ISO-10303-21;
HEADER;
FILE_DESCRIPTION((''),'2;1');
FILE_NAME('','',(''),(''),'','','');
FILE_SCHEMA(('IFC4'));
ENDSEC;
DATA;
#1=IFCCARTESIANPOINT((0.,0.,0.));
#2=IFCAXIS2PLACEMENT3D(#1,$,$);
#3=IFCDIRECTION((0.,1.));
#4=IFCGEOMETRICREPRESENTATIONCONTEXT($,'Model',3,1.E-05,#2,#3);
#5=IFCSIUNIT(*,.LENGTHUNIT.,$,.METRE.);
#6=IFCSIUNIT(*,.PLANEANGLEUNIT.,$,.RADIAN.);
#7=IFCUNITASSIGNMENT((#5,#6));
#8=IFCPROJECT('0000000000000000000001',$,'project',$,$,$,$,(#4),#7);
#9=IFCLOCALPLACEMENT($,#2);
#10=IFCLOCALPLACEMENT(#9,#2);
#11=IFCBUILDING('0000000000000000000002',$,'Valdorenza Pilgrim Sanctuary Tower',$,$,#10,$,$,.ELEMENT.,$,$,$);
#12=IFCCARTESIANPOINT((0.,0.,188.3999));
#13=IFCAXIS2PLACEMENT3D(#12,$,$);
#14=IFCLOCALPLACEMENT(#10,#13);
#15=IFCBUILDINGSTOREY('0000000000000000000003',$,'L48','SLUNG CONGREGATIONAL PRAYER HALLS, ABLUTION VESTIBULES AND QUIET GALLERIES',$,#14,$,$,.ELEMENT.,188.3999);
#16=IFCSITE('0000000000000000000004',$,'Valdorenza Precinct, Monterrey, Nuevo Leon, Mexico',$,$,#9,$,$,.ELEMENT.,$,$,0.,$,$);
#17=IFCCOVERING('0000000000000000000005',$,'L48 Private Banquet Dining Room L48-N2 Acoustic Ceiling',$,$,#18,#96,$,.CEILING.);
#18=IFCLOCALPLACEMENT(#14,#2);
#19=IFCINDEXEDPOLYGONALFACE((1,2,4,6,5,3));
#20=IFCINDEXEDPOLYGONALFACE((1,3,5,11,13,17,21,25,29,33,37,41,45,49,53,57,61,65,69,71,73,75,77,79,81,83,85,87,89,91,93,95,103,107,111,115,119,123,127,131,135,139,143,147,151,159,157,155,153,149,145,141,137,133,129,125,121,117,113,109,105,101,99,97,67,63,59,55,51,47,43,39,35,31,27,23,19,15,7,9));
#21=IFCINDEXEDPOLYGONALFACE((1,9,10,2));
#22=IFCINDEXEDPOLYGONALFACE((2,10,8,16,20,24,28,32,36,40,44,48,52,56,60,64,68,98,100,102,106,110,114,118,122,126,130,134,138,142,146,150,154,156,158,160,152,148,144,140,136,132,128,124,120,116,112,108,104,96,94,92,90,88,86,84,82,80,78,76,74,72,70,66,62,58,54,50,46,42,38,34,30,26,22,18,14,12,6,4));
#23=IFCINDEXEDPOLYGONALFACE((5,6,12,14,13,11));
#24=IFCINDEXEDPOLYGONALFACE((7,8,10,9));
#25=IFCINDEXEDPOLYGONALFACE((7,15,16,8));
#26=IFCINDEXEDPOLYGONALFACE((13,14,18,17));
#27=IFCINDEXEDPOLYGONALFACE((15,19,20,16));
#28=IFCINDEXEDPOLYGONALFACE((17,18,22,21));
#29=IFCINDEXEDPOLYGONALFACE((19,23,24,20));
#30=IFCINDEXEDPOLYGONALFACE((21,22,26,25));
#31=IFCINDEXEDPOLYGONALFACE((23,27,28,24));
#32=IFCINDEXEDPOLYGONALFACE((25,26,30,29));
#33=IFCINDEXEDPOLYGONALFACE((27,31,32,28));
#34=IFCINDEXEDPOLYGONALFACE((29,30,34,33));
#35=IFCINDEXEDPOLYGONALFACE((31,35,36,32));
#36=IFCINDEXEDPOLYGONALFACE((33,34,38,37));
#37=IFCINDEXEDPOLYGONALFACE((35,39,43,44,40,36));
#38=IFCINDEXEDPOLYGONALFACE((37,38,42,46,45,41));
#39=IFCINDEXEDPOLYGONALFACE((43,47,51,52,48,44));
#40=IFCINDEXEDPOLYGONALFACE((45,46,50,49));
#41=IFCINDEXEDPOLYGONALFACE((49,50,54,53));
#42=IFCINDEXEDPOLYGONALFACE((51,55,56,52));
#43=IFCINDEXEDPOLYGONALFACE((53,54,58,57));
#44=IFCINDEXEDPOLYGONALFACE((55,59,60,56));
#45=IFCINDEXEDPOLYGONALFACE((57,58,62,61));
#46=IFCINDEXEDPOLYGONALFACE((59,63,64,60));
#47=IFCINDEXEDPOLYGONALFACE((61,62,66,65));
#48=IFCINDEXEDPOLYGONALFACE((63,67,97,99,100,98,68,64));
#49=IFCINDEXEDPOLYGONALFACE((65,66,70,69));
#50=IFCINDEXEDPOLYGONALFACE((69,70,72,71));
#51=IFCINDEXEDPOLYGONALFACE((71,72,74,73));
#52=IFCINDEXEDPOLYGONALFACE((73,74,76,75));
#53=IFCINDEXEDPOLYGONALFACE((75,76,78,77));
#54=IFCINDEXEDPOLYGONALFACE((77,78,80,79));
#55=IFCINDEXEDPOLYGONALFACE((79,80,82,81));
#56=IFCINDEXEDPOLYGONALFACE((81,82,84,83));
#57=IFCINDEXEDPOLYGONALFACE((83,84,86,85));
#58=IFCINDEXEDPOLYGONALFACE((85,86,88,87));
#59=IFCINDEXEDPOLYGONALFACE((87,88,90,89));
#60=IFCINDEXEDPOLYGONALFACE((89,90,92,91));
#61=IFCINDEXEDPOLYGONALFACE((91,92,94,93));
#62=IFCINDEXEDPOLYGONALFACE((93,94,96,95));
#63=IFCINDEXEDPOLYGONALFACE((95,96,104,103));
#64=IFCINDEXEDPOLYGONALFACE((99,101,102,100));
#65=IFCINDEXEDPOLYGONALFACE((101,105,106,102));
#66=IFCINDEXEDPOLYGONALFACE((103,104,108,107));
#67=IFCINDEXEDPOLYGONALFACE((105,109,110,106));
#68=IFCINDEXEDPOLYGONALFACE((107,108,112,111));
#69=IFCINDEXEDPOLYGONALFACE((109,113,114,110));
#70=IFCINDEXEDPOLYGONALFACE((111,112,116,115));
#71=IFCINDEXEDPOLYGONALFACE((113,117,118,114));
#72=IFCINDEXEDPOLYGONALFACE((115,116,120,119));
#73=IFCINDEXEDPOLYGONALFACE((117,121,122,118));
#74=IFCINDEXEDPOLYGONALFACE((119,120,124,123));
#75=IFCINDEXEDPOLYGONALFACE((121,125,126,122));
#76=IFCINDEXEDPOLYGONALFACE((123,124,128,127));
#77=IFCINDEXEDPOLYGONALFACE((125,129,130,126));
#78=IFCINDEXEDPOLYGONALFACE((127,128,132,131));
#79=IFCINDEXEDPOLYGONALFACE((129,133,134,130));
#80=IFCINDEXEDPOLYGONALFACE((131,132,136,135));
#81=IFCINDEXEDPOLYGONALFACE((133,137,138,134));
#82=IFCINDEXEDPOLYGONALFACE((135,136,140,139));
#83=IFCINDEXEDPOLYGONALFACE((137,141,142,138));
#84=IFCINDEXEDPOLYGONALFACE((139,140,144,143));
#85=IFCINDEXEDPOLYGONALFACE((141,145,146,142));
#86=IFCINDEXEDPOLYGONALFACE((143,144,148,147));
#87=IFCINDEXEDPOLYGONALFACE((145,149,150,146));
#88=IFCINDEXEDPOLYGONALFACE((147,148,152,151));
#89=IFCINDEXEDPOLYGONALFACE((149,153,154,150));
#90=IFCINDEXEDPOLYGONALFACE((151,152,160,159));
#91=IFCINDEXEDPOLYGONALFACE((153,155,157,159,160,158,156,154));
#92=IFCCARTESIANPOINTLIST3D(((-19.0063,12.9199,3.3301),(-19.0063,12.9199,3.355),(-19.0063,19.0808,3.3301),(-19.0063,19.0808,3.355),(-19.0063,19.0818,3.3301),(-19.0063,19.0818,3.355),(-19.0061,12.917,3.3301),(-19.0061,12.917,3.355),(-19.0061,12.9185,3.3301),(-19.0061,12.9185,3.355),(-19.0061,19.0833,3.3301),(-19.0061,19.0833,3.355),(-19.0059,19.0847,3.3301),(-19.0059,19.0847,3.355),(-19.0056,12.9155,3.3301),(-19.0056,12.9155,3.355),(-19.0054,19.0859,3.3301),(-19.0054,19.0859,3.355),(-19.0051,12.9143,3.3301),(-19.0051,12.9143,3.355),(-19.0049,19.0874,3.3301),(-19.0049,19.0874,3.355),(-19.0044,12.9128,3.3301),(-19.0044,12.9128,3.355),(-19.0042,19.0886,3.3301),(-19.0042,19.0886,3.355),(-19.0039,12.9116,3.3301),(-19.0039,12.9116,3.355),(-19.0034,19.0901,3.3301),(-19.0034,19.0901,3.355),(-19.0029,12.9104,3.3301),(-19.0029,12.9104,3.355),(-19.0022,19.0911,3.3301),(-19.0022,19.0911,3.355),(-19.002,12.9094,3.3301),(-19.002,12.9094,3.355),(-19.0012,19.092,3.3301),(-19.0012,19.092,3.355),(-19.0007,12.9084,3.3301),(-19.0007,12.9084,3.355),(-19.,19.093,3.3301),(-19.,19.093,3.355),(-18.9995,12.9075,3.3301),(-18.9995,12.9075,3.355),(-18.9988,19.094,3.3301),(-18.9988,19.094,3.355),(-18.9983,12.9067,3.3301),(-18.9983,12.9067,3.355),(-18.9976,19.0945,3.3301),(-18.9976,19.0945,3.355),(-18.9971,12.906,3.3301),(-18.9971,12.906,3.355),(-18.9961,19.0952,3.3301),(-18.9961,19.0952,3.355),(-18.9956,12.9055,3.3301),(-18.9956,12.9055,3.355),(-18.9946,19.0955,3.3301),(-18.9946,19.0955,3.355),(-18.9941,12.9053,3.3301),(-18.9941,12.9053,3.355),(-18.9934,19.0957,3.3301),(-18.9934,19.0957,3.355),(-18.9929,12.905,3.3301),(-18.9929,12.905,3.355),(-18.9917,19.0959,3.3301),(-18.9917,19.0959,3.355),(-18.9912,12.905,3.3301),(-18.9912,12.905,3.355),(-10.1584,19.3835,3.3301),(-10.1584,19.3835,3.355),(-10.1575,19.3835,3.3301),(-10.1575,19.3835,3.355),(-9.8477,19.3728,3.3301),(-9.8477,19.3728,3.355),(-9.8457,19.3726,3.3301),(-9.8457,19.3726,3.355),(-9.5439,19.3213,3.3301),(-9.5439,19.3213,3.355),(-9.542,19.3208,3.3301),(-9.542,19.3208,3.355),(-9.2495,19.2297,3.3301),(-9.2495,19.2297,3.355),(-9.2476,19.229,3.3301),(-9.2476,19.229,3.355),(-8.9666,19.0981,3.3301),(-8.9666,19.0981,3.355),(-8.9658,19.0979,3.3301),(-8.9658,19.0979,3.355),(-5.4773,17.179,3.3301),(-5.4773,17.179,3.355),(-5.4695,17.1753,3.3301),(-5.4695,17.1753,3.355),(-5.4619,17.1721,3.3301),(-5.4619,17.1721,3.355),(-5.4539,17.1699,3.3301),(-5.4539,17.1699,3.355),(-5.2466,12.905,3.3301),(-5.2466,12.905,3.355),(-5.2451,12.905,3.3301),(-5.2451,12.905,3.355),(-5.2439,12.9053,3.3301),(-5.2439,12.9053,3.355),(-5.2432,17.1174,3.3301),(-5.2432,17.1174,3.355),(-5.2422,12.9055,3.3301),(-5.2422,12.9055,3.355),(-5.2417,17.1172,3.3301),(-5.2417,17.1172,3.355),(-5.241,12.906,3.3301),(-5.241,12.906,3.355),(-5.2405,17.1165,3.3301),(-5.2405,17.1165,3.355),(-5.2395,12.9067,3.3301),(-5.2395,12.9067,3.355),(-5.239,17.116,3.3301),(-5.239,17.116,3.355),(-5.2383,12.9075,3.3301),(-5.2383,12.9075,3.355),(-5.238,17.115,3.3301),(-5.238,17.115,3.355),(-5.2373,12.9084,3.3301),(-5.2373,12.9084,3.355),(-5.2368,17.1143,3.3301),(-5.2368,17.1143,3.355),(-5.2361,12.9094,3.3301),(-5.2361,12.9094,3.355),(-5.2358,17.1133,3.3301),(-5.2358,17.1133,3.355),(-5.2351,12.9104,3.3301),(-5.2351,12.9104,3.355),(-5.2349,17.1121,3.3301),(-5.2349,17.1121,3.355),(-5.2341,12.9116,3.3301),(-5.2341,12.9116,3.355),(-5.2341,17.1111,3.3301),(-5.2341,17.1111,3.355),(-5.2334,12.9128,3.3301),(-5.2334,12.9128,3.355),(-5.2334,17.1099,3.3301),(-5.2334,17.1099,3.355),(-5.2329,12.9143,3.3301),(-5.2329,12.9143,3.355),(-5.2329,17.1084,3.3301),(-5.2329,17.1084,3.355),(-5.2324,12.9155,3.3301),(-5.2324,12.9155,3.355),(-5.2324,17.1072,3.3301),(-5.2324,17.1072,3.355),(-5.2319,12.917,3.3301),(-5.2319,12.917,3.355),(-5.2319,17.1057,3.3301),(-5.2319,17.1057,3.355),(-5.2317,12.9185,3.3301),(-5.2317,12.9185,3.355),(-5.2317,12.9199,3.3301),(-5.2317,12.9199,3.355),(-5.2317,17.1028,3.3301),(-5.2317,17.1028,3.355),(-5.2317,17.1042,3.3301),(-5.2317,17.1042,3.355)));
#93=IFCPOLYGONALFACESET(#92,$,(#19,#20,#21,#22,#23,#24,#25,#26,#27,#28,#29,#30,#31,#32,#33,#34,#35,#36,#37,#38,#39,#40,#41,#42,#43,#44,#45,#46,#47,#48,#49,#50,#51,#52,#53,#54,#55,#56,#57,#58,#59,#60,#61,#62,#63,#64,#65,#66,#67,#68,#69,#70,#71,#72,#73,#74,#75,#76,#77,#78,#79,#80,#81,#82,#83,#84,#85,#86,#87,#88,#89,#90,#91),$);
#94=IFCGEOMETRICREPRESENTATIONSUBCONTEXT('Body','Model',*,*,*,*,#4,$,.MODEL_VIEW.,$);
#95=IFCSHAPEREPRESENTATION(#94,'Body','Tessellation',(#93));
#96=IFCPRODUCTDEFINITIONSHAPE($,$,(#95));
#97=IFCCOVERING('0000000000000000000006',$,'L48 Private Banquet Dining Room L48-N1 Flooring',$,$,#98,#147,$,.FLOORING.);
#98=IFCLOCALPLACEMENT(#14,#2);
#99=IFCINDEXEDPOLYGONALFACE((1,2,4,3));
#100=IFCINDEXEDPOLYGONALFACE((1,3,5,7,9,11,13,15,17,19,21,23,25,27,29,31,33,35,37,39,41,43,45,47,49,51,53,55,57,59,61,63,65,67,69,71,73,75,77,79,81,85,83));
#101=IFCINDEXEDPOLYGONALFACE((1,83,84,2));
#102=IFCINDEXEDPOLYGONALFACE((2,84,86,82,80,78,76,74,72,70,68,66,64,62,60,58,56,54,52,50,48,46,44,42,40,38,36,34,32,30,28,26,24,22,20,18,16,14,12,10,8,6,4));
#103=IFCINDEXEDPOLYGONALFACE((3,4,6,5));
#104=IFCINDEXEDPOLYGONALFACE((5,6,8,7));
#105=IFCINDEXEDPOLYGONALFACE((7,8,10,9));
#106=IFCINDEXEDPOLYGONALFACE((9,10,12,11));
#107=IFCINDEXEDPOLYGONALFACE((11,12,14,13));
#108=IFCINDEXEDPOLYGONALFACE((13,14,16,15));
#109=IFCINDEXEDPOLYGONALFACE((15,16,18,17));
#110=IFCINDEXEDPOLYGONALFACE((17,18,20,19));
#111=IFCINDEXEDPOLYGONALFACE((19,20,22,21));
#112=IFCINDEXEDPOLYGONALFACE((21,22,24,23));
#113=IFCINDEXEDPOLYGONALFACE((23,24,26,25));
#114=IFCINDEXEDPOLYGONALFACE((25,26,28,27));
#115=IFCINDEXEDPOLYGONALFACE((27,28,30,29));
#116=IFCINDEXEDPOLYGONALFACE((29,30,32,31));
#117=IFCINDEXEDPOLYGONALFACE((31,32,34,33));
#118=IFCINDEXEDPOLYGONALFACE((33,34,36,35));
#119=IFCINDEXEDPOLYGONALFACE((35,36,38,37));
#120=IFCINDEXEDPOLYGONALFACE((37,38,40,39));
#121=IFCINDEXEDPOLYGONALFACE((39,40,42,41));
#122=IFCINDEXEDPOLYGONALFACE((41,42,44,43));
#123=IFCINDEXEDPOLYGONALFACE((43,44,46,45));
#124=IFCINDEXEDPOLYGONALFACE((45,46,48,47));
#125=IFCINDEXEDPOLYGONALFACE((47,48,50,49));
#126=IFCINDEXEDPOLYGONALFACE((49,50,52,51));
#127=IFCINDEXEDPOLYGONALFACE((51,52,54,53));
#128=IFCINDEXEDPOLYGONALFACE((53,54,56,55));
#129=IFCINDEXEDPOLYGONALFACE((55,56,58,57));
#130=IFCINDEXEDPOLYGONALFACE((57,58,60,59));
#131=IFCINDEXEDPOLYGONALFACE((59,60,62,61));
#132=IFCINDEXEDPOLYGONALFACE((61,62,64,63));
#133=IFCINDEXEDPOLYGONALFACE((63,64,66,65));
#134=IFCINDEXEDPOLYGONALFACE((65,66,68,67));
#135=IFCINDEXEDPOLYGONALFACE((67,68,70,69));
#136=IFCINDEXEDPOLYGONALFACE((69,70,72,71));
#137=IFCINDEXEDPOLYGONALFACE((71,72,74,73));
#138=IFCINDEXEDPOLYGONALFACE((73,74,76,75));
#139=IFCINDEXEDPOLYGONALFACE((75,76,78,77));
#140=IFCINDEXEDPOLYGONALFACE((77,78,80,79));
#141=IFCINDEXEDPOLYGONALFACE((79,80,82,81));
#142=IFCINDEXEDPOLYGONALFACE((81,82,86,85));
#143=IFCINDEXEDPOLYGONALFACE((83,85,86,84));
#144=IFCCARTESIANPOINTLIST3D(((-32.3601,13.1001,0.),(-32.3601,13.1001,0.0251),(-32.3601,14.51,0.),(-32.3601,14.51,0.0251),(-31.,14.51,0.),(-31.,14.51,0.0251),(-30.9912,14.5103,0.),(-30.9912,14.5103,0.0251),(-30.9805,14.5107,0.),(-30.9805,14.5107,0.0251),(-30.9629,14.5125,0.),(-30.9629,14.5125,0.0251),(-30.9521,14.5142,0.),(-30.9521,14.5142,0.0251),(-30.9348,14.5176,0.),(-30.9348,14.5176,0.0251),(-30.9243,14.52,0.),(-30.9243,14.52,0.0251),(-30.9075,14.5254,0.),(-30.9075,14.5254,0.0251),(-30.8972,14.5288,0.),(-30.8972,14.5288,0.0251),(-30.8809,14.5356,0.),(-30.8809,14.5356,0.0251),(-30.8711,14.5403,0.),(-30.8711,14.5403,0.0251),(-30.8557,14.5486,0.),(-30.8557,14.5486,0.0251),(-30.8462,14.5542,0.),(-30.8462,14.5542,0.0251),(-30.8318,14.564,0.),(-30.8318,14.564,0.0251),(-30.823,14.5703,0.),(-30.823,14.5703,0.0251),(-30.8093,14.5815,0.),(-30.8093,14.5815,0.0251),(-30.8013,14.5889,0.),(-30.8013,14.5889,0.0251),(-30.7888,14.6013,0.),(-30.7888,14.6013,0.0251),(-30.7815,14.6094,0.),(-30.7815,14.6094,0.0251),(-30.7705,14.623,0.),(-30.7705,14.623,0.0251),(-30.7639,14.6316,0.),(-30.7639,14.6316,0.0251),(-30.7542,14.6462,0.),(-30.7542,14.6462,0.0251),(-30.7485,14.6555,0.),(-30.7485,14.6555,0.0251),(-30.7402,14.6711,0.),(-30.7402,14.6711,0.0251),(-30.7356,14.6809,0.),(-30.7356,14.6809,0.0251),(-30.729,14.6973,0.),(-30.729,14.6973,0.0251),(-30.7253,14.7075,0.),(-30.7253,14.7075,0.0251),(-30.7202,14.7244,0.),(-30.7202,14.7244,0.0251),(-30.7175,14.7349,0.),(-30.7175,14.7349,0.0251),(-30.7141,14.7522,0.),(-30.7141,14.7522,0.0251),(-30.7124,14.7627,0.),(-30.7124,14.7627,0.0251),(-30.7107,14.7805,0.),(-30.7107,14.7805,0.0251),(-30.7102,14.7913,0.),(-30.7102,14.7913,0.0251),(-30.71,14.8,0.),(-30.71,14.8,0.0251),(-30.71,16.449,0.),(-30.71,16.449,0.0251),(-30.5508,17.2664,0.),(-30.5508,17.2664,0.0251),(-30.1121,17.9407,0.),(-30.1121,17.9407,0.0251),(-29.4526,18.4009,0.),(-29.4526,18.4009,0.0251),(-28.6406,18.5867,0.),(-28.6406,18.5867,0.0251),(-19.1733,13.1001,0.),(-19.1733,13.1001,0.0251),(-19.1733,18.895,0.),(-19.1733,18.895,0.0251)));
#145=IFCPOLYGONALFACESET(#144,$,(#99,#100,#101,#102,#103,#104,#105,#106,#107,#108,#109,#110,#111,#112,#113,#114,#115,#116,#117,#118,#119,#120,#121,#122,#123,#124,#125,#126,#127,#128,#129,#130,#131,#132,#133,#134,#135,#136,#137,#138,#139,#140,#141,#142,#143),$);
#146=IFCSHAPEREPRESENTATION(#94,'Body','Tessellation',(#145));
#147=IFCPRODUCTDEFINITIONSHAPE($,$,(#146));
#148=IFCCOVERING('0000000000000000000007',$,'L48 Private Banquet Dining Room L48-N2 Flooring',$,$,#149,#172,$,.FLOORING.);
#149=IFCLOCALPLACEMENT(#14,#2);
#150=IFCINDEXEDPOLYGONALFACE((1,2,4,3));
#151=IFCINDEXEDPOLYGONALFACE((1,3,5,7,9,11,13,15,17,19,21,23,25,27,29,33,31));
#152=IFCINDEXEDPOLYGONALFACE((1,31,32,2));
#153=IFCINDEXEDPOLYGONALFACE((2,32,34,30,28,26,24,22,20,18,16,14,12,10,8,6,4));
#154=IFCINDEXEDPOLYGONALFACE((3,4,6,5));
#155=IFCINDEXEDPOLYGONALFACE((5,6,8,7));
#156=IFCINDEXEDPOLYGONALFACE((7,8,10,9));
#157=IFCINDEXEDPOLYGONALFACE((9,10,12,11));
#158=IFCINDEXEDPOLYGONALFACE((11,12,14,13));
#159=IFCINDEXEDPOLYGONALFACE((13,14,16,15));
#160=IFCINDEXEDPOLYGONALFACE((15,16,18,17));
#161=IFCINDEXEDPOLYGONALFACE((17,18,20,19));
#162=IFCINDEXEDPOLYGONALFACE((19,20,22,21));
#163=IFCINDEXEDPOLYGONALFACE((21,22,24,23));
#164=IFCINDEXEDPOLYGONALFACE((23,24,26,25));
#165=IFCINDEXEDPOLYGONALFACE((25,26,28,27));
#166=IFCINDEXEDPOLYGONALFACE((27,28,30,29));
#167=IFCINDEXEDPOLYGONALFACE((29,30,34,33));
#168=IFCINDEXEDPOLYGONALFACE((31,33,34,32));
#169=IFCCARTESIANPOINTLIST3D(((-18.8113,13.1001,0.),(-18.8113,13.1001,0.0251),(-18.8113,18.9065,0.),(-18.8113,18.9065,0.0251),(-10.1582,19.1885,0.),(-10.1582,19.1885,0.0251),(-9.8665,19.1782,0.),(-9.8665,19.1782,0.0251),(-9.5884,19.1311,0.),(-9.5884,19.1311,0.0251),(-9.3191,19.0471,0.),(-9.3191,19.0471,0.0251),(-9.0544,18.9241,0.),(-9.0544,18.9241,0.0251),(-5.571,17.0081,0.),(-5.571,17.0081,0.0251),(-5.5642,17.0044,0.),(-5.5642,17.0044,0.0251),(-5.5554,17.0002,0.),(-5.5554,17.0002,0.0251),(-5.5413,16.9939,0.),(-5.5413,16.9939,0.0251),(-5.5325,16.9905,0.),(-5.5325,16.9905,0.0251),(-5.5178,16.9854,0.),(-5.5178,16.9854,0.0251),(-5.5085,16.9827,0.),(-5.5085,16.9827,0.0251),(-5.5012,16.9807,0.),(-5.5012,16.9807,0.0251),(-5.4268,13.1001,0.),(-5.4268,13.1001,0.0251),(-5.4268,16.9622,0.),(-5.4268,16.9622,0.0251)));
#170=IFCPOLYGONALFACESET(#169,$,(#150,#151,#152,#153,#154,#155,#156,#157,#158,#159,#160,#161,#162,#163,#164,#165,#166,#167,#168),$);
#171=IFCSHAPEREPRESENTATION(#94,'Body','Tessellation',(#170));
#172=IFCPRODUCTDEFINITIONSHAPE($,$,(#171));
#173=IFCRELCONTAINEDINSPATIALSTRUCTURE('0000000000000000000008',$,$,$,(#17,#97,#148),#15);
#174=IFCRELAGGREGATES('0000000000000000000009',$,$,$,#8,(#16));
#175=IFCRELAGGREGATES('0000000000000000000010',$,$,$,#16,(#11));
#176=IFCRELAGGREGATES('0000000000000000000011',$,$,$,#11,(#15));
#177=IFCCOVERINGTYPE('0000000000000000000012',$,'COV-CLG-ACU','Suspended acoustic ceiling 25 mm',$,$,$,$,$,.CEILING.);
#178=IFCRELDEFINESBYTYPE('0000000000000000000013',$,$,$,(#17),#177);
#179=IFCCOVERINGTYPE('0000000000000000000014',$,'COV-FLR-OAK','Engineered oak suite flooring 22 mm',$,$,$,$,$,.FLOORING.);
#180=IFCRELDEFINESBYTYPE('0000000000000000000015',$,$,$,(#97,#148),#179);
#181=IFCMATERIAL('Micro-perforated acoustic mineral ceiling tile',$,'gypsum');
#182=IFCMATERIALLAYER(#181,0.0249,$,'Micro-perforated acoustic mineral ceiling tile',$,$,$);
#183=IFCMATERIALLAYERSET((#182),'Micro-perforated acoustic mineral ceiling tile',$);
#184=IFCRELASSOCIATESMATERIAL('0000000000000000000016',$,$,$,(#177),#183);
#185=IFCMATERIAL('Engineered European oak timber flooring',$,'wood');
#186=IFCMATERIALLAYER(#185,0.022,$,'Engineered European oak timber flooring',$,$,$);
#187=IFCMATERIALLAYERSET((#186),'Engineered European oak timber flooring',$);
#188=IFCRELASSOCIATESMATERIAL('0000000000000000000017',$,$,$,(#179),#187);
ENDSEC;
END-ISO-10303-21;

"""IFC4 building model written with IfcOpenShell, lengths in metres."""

from ifc_helpers import new_model, si_unit, direction, frame, origin, place, context, subcontext, project, spatial, polyline, outline, extrude, material, layer, layer_set, type_object, element, save


model = new_model("IFC4")

# Units and contexts
model_context = context("Model", 3, precision=1e-05, world=origin(), true_north=direction((0.0, 1.0)))
body_context = subcontext(model_context, "Body", "Model", "MODEL_VIEW")
ifc_project = project(units=[si_unit("LENGTHUNIT", "METRE"), si_unit("PLANEANGLEUNIT", "RADIAN")], contexts=[model_context])

# Site, building, storey
site_placement = place(None, origin())
site = spatial("IfcSite", under=ifc_project, at=site_placement, Name="Valdorenza Precinct, Monterrey, Nuevo Leon, Mexico", CompositionType="ELEMENT", RefElevation=0.0)
building_placement = place(site_placement, origin())
building = spatial("IfcBuilding", under=site, at=building_placement, Name="Valdorenza Pilgrim Sanctuary Tower", CompositionType="ELEMENT")
storey_placement = place(building_placement, frame((0.0, 0.0, 188.3999)))
storey = spatial("IfcBuildingStorey", under=building, at=storey_placement, Name="L48", Description="SLUNG CONGREGATIONAL PRAYER HALLS, ABLUTION VESTIBULES AND QUIET GALLERIES", CompositionType="ELEMENT", Elevation=188.3999)

# Coverings
ifc_material_1 = material(Name="Micro-perforated acoustic mineral ceiling tile", Category="gypsum")
ifc_layer_1 = layer(ifc_material_1, 0.0249, Name="Micro-perforated acoustic mineral ceiling tile")
ifc_layer_set_1 = layer_set([ifc_layer_1], Name="Micro-perforated acoustic mineral ceiling tile")
covering_type_1 = type_object("IfcCoveringType", Name="COV-CLG-ACU", Description="Suspended acoustic ceiling 25 mm", PredefinedType="CEILING", material=ifc_layer_set_1)
covering_1_placement = place(storey_placement, frame((0.0, 0.0, 3.3301)))
element("IfcCovering", 1, at=covering_1_placement, inside=storey, type_object=covering_type_1, Name="L48 Private Banquet Dining Room L48-N2 Acoustic Ceiling", PredefinedType="CEILING", context=body_context, shape_type="SweptSolid", body=[
    extrude(outline(polyline([(-19.0063, 19.0808), (-19.0063, 19.0818), (-19.0061, 19.0833), (-19.0059, 19.0847), (-19.0054, 19.0859), (-19.0049, 19.0874), (-19.0042, 19.0886), (-19.0034, 19.0901), (-19.0022, 19.0911), (-19.0012, 19.092), (-19.0, 19.093), (-18.9988, 19.094), (-18.9976, 19.0945), (-18.9961, 19.0952), (-18.9946, 19.0955), (-18.9934, 19.0957), (-18.9917, 19.0959), (-10.1584, 19.3835), (-10.1575, 19.3835), (-9.8477, 19.3728), (-9.8457, 19.3726), (-9.5439, 19.3213), (-9.542, 19.3208), (-9.2495, 19.2297), (-9.2476, 19.229), (-8.9666, 19.0981), (-8.9658, 19.0979), (-5.4773, 17.179), (-5.4695, 17.1753), (-5.4619, 17.1721), (-5.4539, 17.1699), (-5.2432, 17.1174), (-5.2417, 17.1172), (-5.2405, 17.1165), (-5.239, 17.116), (-5.238, 17.115), (-5.2368, 17.1143), (-5.2358, 17.1133), (-5.2349, 17.1121), (-5.2341, 17.1111), (-5.2334, 17.1099), (-5.2329, 17.1084), (-5.2324, 17.1072), (-5.2319, 17.1057), (-5.2317, 17.1042), (-5.2317, 17.1028), (-5.2317, 12.9199), (-5.2317, 12.9185), (-5.2319, 12.917), (-5.2324, 12.9155), (-5.2329, 12.9143), (-5.2334, 12.9128), (-5.2341, 12.9116), (-5.2351, 12.9104), (-5.2361, 12.9094), (-5.2373, 12.9084), (-5.2383, 12.9075), (-5.2395, 12.9067), (-5.241, 12.906), (-5.2422, 12.9055), (-5.2439, 12.9053), (-5.2451, 12.905), (-5.2466, 12.905), (-18.9912, 12.905), (-18.9929, 12.905), (-18.9941, 12.9053), (-18.9956, 12.9055), (-18.9971, 12.906), (-18.9983, 12.9067), (-18.9995, 12.9075), (-19.0007, 12.9084), (-19.002, 12.9094), (-19.0029, 12.9104), (-19.0039, 12.9116), (-19.0044, 12.9128), (-19.0051, 12.9143), (-19.0056, 12.9155), (-19.0061, 12.917), (-19.0061, 12.9185), (-19.0063, 12.9199), (-19.0063, 19.0808), (-19.0063, 19.0808)])), origin(), (0.0, 0.0, 1.0), 0.0249),
])
ifc_material_2 = material(Name="Engineered European oak timber flooring", Category="wood")
ifc_layer_2 = layer(ifc_material_2, 0.022, Name="Engineered European oak timber flooring")
ifc_layer_set_2 = layer_set([ifc_layer_2], Name="Engineered European oak timber flooring")
covering_type_2 = type_object("IfcCoveringType", Name="COV-FLR-OAK", Description="Engineered oak suite flooring 22 mm", PredefinedType="FLOORING", material=ifc_layer_set_2)
covering_2_placement = place(storey_placement, origin())
element("IfcCovering", 2, at=covering_2_placement, inside=storey, type_object=covering_type_2, Name="L48 Private Banquet Dining Room L48-N1 Flooring", PredefinedType="FLOORING", context=body_context, shape_type="SweptSolid", body=[
    extrude(outline(polyline([(-32.3601, 13.1001), (-32.3601, 14.51), (-31.0, 14.51), (-30.9912, 14.5103), (-30.9805, 14.5107), (-30.9629, 14.5125), (-30.9521, 14.5142), (-30.9348, 14.5176), (-30.9243, 14.52), (-30.9075, 14.5254), (-30.8972, 14.5288), (-30.8809, 14.5356), (-30.8711, 14.5403), (-30.8557, 14.5486), (-30.8462, 14.5542), (-30.8318, 14.564), (-30.823, 14.5703), (-30.8093, 14.5815), (-30.8013, 14.5889), (-30.7888, 14.6013), (-30.7815, 14.6094), (-30.7705, 14.623), (-30.7639, 14.6316), (-30.7542, 14.6462), (-30.7485, 14.6555), (-30.7402, 14.6711), (-30.7356, 14.6809), (-30.729, 14.6973), (-30.7253, 14.7075), (-30.7202, 14.7244), (-30.7175, 14.7349), (-30.7141, 14.7522), (-30.7124, 14.7627), (-30.7107, 14.7805), (-30.7102, 14.7913), (-30.71, 14.8), (-30.71, 16.449), (-30.5508, 17.2664), (-30.1121, 17.9407), (-29.4526, 18.4009), (-28.6406, 18.5867), (-19.1733, 18.895), (-19.1733, 13.1001), (-32.3601, 13.1001)])), origin(), (0.0, 0.0, 1.0), 0.0251),
])
covering_3_placement = place(storey_placement, origin())
element("IfcCovering", 3, at=covering_3_placement, inside=storey, type_object=covering_type_2, Name="L48 Private Banquet Dining Room L48-N2 Flooring", PredefinedType="FLOORING", context=body_context, shape_type="SweptSolid", body=[
    extrude(outline(polyline([(-18.8113, 13.1001), (-18.8113, 18.9065), (-10.1582, 19.1885), (-9.8665, 19.1782), (-9.5884, 19.1311), (-9.3191, 19.0471), (-9.0544, 18.9241), (-5.571, 17.0081), (-5.5642, 17.0044), (-5.5554, 17.0002), (-5.5413, 16.9939), (-5.5325, 16.9905), (-5.5178, 16.9854), (-5.5085, 16.9827), (-5.5012, 16.9807), (-5.4268, 16.9622), (-5.4268, 13.1001), (-18.8113, 13.1001)])), origin(), (0.0, 0.0, 1.0), 0.0251),
])

save(model, "model.ifc")
